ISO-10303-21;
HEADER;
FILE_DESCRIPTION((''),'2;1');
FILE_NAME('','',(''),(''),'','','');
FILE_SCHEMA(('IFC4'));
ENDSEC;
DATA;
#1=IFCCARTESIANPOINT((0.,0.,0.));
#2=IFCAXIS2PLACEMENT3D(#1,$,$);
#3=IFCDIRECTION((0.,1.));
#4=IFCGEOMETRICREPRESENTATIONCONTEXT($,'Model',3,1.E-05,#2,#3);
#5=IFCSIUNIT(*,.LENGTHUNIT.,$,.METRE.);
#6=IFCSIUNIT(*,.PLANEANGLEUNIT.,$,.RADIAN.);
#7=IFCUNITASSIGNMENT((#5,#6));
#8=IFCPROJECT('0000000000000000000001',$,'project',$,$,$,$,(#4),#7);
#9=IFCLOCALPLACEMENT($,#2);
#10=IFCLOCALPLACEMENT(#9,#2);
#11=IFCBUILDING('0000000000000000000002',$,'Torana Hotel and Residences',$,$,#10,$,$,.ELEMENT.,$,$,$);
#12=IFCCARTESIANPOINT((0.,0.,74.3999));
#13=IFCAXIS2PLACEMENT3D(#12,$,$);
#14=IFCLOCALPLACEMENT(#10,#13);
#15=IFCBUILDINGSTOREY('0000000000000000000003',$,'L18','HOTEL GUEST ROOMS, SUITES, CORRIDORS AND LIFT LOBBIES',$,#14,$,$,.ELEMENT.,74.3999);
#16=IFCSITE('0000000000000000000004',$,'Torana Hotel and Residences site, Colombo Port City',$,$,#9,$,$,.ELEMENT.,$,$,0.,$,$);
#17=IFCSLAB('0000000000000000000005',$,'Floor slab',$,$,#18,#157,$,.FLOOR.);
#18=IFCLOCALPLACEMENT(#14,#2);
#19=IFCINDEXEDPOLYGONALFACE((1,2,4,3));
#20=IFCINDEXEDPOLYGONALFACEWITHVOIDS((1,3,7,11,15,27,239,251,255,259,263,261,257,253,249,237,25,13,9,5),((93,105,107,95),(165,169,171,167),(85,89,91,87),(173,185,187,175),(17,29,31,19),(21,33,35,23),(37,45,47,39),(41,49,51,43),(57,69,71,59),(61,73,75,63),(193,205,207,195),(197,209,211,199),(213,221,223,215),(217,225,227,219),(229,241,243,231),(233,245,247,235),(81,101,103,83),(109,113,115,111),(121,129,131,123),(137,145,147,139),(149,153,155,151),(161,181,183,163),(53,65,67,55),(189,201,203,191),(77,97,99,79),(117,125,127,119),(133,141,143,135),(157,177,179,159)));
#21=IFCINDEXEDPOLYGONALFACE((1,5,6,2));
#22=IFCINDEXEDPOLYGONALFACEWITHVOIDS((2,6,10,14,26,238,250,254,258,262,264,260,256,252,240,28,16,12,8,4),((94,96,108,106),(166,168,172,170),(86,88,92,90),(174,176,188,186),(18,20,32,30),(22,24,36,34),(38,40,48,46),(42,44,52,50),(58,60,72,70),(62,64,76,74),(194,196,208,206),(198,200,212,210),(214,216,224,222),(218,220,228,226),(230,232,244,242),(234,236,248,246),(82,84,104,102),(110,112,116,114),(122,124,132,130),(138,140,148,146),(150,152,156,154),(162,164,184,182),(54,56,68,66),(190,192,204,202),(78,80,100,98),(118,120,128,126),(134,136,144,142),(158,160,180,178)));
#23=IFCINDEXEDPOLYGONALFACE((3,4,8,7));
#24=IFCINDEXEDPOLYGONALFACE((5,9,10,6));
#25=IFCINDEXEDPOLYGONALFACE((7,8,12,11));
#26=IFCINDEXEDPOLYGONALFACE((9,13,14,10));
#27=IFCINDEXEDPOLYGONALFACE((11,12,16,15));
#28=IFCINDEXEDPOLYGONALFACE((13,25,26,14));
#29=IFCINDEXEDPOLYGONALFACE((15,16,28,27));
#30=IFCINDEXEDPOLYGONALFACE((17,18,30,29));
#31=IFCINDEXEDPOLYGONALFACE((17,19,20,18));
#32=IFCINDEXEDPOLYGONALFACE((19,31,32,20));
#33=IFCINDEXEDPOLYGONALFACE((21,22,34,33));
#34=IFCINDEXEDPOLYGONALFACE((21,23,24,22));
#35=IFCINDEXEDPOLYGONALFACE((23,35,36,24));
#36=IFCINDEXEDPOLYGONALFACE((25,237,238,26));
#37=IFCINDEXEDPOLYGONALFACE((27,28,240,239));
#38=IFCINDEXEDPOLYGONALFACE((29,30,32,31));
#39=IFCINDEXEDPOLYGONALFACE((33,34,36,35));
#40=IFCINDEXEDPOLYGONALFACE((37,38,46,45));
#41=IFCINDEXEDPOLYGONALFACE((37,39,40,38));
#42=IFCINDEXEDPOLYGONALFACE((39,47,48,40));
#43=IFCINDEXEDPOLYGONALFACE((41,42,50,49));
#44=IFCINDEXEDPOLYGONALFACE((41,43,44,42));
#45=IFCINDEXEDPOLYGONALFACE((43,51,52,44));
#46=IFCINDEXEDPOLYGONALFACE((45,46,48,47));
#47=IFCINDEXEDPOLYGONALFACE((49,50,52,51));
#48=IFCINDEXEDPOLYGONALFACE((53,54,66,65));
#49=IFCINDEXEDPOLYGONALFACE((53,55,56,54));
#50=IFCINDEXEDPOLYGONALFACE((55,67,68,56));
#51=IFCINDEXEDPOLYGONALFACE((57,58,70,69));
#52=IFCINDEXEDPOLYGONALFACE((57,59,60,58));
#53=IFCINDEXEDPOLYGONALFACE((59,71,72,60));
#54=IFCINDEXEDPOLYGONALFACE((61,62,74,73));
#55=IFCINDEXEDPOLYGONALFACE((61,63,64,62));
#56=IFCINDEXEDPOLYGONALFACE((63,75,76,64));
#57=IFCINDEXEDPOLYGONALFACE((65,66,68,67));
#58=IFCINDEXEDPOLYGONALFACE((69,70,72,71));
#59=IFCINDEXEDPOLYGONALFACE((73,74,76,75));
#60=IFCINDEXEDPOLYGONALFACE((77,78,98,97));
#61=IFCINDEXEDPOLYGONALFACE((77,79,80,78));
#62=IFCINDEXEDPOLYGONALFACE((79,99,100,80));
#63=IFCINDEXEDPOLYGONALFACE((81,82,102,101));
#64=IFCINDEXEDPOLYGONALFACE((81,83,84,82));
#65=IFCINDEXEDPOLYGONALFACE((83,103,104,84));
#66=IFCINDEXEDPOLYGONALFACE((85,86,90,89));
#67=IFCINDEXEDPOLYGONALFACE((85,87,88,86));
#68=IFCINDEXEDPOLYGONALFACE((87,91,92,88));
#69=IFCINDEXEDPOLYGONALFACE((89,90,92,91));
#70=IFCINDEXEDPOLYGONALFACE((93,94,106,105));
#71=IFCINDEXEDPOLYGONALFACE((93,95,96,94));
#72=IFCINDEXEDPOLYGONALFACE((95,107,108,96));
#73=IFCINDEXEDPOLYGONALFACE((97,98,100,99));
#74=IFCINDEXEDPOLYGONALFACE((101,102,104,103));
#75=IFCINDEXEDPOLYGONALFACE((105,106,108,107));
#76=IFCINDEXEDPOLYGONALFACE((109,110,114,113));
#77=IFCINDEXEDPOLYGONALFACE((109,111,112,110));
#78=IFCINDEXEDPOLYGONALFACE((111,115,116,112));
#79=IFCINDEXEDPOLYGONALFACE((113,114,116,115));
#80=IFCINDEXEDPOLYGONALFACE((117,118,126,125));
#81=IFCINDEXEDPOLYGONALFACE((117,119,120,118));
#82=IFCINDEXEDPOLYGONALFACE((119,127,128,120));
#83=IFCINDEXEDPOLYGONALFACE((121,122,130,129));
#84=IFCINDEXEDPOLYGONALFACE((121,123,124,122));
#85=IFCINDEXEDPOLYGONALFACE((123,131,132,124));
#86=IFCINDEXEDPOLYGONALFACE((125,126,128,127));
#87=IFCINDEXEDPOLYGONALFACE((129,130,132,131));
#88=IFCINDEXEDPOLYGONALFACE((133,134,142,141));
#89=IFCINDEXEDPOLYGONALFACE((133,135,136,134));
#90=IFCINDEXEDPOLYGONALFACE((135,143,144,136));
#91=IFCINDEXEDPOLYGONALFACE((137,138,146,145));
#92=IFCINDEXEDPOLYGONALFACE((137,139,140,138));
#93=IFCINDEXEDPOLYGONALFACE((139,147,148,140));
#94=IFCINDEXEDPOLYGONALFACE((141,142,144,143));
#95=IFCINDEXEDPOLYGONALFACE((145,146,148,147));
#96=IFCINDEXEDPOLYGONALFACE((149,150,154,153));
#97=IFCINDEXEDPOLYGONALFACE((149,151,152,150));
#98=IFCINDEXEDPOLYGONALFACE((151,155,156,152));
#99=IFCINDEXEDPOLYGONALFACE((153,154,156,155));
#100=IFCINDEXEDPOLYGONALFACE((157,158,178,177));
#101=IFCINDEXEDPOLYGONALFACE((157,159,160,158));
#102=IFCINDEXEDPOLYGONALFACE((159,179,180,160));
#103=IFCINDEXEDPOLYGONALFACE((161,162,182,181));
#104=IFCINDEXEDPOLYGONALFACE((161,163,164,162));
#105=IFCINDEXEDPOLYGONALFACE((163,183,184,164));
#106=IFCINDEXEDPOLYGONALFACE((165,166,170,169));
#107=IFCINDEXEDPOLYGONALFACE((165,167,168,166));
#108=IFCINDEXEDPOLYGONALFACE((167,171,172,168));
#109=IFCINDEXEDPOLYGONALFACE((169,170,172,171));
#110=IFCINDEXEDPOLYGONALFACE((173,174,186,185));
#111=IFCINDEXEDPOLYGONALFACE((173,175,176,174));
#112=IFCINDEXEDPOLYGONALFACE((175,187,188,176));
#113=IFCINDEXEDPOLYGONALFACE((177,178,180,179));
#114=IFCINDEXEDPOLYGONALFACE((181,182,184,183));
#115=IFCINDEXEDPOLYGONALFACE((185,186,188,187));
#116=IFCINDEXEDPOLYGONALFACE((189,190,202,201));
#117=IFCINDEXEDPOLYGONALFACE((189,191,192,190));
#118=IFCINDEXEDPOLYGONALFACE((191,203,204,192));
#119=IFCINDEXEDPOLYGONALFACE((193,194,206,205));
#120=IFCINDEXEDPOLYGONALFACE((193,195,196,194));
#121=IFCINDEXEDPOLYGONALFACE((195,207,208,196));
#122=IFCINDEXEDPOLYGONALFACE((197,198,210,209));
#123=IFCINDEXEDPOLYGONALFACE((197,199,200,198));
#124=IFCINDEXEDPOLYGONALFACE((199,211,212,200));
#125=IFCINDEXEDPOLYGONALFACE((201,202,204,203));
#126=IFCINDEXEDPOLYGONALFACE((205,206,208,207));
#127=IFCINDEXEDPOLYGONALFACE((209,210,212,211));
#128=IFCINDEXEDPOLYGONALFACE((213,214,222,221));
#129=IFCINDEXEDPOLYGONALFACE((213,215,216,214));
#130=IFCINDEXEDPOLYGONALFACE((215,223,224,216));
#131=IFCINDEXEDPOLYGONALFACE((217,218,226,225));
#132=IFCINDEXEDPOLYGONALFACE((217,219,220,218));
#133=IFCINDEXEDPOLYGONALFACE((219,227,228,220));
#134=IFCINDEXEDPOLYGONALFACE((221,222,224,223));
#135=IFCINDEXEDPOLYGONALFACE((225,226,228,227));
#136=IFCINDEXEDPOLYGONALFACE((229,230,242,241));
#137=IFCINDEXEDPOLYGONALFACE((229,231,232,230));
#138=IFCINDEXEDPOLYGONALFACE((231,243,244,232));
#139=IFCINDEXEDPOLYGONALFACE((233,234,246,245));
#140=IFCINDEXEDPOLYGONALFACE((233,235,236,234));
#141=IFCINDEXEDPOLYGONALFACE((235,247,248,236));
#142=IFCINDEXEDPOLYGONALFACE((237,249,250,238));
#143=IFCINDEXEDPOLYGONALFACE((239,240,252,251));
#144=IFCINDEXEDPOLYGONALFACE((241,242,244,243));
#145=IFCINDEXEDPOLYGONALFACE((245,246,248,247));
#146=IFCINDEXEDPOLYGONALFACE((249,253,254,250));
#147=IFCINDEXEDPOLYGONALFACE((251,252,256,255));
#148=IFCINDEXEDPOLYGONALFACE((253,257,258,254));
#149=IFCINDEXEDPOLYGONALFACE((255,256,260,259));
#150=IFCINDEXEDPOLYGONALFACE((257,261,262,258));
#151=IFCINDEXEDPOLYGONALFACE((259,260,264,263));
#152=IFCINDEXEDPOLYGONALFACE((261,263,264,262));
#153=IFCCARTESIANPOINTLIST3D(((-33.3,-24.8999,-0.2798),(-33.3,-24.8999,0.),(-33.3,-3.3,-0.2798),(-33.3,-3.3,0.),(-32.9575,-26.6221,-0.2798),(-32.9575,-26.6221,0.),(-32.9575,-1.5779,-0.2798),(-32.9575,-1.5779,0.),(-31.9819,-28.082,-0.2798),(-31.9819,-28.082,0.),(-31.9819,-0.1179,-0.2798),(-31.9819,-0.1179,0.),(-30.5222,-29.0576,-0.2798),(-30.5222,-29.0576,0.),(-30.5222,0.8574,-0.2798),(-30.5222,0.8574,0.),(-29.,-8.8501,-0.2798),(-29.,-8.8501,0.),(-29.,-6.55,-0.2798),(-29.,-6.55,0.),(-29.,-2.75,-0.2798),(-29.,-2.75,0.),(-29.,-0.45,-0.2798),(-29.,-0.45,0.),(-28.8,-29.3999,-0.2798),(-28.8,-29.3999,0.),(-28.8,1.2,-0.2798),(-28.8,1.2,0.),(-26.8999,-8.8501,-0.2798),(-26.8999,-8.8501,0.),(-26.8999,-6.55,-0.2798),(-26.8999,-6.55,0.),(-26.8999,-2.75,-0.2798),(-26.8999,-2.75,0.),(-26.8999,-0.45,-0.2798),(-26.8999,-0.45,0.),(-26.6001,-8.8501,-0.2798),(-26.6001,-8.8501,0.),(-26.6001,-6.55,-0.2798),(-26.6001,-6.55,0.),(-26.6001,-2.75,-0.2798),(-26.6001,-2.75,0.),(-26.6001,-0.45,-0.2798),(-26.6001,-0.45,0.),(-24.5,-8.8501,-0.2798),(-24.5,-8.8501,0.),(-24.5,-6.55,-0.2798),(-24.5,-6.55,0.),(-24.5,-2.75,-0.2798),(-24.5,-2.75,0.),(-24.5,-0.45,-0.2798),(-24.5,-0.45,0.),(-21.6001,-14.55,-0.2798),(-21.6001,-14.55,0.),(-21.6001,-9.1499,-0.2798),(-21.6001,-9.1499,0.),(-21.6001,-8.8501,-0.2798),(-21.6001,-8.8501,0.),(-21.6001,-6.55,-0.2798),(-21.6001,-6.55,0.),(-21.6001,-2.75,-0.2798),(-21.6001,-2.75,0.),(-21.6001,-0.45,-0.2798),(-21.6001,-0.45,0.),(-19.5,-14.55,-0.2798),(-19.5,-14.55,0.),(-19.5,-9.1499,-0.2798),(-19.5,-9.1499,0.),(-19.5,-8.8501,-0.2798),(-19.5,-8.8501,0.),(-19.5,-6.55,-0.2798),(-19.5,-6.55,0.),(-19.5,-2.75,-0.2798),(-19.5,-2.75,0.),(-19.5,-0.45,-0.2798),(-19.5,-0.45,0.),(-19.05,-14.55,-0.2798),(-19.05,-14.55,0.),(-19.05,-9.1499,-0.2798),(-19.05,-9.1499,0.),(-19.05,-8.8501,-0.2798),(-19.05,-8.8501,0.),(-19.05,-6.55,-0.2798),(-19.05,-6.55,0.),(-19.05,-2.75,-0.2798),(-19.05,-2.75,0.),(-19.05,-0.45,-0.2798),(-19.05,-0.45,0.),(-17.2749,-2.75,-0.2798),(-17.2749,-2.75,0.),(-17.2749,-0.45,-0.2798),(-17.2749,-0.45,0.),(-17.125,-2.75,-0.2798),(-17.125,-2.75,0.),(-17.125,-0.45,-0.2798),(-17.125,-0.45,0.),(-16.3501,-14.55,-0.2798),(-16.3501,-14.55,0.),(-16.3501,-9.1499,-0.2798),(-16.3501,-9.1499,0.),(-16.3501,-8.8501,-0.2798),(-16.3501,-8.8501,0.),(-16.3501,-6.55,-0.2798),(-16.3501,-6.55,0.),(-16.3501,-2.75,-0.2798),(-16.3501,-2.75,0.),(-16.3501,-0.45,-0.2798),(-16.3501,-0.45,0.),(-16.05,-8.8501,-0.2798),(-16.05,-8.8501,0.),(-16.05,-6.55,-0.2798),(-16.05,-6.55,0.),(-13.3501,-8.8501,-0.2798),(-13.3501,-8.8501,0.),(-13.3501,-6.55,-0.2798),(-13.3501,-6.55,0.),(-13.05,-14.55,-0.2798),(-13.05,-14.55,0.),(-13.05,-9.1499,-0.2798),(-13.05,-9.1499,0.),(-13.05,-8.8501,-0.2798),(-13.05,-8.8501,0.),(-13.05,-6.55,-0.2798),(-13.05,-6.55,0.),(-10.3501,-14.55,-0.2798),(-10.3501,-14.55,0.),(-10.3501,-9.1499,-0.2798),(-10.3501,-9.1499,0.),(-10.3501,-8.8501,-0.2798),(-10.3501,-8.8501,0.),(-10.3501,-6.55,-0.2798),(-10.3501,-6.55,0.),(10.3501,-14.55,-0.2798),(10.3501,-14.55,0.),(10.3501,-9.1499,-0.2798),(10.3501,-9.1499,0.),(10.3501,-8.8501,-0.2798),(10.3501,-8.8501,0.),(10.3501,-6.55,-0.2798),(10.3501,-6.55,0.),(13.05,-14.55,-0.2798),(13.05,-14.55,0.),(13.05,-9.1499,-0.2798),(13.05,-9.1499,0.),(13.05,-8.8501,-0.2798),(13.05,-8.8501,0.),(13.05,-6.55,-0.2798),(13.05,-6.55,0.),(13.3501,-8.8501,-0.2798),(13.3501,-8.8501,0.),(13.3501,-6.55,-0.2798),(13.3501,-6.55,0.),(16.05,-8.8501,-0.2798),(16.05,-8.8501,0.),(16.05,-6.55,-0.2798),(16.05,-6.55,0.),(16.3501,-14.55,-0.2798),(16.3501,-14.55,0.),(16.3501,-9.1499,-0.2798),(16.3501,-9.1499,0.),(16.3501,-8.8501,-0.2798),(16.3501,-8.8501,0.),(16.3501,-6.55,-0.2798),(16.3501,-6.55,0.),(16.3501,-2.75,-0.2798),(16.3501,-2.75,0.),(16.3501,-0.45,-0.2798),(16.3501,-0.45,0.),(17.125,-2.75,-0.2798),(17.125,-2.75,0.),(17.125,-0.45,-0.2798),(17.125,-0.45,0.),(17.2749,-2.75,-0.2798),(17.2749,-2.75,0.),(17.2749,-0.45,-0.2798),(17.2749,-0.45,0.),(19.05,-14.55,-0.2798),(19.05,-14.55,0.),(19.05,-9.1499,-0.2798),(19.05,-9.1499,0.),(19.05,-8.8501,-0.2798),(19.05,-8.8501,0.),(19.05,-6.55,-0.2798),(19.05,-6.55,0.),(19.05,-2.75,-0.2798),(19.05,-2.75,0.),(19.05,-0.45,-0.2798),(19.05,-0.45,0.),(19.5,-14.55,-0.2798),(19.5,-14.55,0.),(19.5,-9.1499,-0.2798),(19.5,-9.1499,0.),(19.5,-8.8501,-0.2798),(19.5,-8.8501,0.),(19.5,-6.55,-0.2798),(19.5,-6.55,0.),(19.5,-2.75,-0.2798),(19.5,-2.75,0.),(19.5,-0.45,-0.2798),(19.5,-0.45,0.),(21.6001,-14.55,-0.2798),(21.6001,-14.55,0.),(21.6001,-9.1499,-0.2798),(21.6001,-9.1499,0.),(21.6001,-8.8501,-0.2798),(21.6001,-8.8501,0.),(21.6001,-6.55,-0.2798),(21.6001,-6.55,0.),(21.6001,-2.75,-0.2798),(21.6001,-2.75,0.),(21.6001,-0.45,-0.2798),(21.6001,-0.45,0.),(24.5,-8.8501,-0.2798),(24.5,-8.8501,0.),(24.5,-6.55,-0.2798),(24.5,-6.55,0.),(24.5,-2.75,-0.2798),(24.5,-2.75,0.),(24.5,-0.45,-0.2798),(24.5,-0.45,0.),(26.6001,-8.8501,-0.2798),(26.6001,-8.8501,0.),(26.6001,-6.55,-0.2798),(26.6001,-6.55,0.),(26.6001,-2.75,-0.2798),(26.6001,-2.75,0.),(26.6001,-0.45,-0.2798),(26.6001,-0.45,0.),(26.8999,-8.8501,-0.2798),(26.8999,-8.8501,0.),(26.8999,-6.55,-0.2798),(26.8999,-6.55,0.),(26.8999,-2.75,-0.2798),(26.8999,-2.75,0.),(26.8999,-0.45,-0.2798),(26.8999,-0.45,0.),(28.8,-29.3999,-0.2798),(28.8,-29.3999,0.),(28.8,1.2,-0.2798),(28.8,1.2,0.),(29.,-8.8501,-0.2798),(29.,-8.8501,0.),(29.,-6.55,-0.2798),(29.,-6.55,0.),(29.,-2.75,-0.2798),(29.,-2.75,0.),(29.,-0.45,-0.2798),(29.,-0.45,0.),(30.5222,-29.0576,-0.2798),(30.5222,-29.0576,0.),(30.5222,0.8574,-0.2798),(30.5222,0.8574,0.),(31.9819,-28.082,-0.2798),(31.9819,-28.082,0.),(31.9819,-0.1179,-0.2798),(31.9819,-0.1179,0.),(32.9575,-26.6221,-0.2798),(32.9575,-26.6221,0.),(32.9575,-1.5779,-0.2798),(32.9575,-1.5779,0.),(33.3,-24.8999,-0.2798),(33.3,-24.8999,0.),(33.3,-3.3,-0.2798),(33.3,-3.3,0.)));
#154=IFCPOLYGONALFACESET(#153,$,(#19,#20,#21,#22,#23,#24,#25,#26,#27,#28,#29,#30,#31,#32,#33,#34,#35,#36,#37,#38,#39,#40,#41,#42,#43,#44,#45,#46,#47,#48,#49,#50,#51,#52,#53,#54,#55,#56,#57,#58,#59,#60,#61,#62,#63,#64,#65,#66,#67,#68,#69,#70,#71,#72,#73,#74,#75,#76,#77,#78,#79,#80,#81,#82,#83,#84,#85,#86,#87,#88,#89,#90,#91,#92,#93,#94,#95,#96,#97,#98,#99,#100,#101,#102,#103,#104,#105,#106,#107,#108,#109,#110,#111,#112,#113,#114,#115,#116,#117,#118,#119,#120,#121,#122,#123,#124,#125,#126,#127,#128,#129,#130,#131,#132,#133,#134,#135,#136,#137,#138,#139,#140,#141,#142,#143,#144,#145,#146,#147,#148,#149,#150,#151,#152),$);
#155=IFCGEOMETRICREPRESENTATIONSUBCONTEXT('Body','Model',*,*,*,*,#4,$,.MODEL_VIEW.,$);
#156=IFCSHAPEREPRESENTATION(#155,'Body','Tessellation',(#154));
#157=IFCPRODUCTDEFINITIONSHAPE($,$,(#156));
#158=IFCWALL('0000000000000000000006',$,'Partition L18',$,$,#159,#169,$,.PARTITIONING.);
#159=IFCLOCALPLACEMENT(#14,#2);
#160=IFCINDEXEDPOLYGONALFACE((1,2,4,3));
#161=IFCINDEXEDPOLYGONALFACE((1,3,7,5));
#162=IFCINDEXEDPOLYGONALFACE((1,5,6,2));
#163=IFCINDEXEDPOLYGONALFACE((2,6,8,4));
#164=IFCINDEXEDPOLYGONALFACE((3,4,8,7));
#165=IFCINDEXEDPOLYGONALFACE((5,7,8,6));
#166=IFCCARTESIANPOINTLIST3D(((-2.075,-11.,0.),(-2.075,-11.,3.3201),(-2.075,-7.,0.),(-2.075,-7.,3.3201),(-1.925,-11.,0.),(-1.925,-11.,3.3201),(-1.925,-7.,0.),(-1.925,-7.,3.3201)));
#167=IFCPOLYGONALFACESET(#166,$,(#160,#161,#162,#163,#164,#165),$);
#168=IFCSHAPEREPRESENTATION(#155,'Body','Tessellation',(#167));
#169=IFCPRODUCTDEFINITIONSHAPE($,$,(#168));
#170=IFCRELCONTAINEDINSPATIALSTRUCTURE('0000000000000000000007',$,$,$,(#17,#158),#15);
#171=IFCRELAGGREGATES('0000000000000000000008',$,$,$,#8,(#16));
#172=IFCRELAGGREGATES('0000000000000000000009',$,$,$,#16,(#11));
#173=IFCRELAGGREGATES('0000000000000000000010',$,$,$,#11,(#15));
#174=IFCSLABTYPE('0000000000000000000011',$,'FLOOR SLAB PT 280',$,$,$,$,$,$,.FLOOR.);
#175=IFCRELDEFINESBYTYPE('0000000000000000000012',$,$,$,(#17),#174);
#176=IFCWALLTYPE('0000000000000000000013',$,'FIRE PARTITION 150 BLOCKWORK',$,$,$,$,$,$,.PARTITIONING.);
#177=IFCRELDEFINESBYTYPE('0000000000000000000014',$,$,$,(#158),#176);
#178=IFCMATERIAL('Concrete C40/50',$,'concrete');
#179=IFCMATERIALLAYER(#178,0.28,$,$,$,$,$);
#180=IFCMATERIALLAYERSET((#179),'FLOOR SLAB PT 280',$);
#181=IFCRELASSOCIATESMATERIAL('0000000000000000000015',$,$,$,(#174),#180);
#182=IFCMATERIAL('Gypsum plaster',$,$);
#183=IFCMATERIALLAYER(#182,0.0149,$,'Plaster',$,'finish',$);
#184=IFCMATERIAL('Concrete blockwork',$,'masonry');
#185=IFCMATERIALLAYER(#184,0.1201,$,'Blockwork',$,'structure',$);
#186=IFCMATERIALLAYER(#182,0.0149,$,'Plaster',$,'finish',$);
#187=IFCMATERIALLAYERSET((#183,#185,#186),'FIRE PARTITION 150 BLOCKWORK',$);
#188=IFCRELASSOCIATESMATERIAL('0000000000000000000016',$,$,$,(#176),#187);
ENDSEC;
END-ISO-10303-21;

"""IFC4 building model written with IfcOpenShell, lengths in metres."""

from ifc_helpers import new_model, si_unit, direction, frame, frame_2d, origin, place, context, subcontext, project, spatial, polyline, rectangle, outline, extrude, material, layer, layer_set, type_object, element, save


model = new_model("IFC4")

# Units and contexts
model_context = context("Model", 3, precision=1e-05, world=origin(), true_north=direction((0.0, 1.0)))
body_context = subcontext(model_context, "Body", "Model", "MODEL_VIEW")
ifc_project = project(units=[si_unit("LENGTHUNIT", "METRE"), si_unit("PLANEANGLEUNIT", "RADIAN")], contexts=[model_context])

# Site, building, storey
site_placement = place(None, origin())
site = spatial("IfcSite", under=ifc_project, at=site_placement, Name="Torana Hotel and Residences site, Colombo Port City", CompositionType="ELEMENT", RefElevation=0.0)
building_placement = place(site_placement, origin())
building = spatial("IfcBuilding", under=site, at=building_placement, Name="Torana Hotel and Residences", CompositionType="ELEMENT")
storey_placement = place(building_placement, frame((0.0, 0.0, 74.3999)))
storey = spatial("IfcBuildingStorey", under=building, at=storey_placement, Name="L18", Description="HOTEL GUEST ROOMS, SUITES, CORRIDORS AND LIFT LOBBIES", CompositionType="ELEMENT", Elevation=74.3999)

# Slab
ifc_material_1 = material(Name="Concrete C40/50", Category="concrete")
ifc_layer_1 = layer(ifc_material_1, 0.28)
ifc_layer_set_1 = layer_set([ifc_layer_1], Name="FLOOR SLAB PT 280")
slab_type_1 = type_object("IfcSlabType", Name="FLOOR SLAB PT 280", PredefinedType="FLOOR", material=ifc_layer_set_1)
slab_1_placement = place(storey_placement, frame((0.0, 0.0, -0.2798)))
element("IfcSlab", 1, at=slab_1_placement, inside=storey, type_object=slab_type_1, Name="Floor slab", PredefinedType="FLOOR", context=body_context, shape_type="SweptSolid", body=[
    extrude(outline(polyline([(33.3, -3.3), (32.9575, -1.5779), (31.9819, -0.1179), (30.5222, 0.8574), (28.8, 1.2), (-28.8, 1.2), (-30.5222, 0.8574), (-31.9819, -0.1179), (-32.9575, -1.5779), (-33.3, -3.3), (-33.3, -24.8999), (-32.9575, -26.6221), (-31.9819, -28.082), (-30.5222, -29.0576), (-28.8, -29.3999), (28.8, -29.3999), (30.5222, -29.0576), (31.9819, -28.082), (32.9575, -26.6221), (33.3, -24.8999), (33.3, -3.3)]), holes=[polyline([(-13.05, -14.55), (-10.3501, -14.55), (-10.3501, -9.1499), (-13.05, -9.1499), (-13.05, -14.55)]), polyline([(-19.05, -14.55), (-16.3501, -14.55), (-16.3501, -9.1499), (-19.05, -9.1499), (-19.05, -14.55)]), polyline([(-17.125, -2.75), (-16.3501, -2.75), (-16.3501, -0.45), (-17.125, -0.45), (-17.125, -2.75)]), polyline([(-19.05, -2.75), (-17.2749, -2.75), (-17.2749, -0.45), (-19.05, -0.45), (-19.05, -2.75)]), polyline([(-26.6001, -2.75), (-24.5, -2.75), (-24.5, -0.45), (-26.6001, -0.45), (-26.6001, -2.75)]), polyline([(-29.0, -2.75), (-26.8999, -2.75), (-26.8999, -0.45), (-29.0, -0.45), (-29.0, -2.75)]), polyline([(-26.6001, -8.8501), (-24.5, -8.8501), (-24.5, -6.55), (-26.6001, -6.55), (-26.6001, -8.8501)]), polyline([(-29.0, -8.8501), (-26.8999, -8.8501), (-26.8999, -6.55), (-29.0, -6.55), (-29.0, -8.8501)]), polyline([(-21.6001, -2.75), (-19.5, -2.75), (-19.5, -0.45), (-21.6001, -0.45), (-21.6001, -2.75)]), polyline([(-21.6001, -8.8501), (-19.5, -8.8501), (-19.5, -6.55), (-21.6001, -6.55), (-21.6001, -8.8501)]), polyline([(-13.05, -8.8501), (-10.3501, -8.8501), (-10.3501, -6.55), (-13.05, -6.55), (-13.05, -8.8501)]), polyline([(-16.05, -8.8501), (-13.3501, -8.8501), (-13.3501, -6.55), (-16.05, -6.55), (-16.05, -8.8501)]), polyline([(-19.05, -8.8501), (-16.3501, -8.8501), (-16.3501, -6.55), (-19.05, -6.55), (-19.05, -8.8501)]), polyline([(-21.6001, -14.55), (-19.5, -14.55), (-19.5, -9.1499), (-21.6001, -9.1499), (-21.6001, -14.55)]), polyline([(10.3501, -14.55), (13.05, -14.55), (13.05, -9.1499), (10.3501, -9.1499), (10.3501, -14.55)]), polyline([(16.3501, -14.55), (19.05, -14.55), (19.05, -9.1499), (16.3501, -9.1499), (16.3501, -14.55)]), polyline([(16.3501, -2.75), (17.125, -2.75), (17.125, -0.45), (16.3501, -0.45), (16.3501, -2.75)]), polyline([(17.2749, -2.75), (19.05, -2.75), (19.05, -0.45), (17.2749, -0.45), (17.2749, -2.75)]), polyline([(24.5, -2.75), (26.6001, -2.75), (26.6001, -0.45), (24.5, -0.45), (24.5, -2.75)]), polyline([(26.8999, -2.75), (29.0, -2.75), (29.0, -0.45), (26.8999, -0.45), (26.8999, -2.75)]), polyline([(24.5, -8.8501), (26.6001, -8.8501), (26.6001, -6.55), (24.5, -6.55), (24.5, -8.8501)]), polyline([(26.8999, -8.8501), (29.0, -8.8501), (29.0, -6.55), (26.8999, -6.55), (26.8999, -8.8501)]), polyline([(19.5, -2.75), (21.6001, -2.75), (21.6001, -0.45), (19.5, -0.45), (19.5, -2.75)]), polyline([(19.5, -8.8501), (21.6001, -8.8501), (21.6001, -6.55), (19.5, -6.55), (19.5, -8.8501)]), polyline([(10.3501, -8.8501), (13.05, -8.8501), (13.05, -6.55), (10.3501, -6.55), (10.3501, -8.8501)]), polyline([(13.3501, -8.8501), (16.05, -8.8501), (16.05, -6.55), (13.3501, -6.55), (13.3501, -8.8501)]), polyline([(16.3501, -8.8501), (19.05, -8.8501), (19.05, -6.55), (16.3501, -6.55), (16.3501, -8.8501)]), polyline([(19.5, -14.55), (21.6001, -14.55), (21.6001, -9.1499), (19.5, -9.1499), (19.5, -14.55)])]), origin(), (0.0, 0.0, 1.0), 0.2798),
])

# Wall
ifc_material_2 = material(Name="Gypsum plaster")
ifc_layer_2 = layer(ifc_material_2, 0.0149, Name="Plaster", Category="finish")
ifc_material_3 = material(Name="Concrete blockwork", Category="masonry")
ifc_layer_3 = layer(ifc_material_3, 0.1201, Name="Blockwork", Category="structure")
ifc_layer_4 = layer(ifc_material_2, 0.0149, Name="Plaster", Category="finish")
ifc_layer_set_2 = layer_set([ifc_layer_2, ifc_layer_3, ifc_layer_4], Name="FIRE PARTITION 150 BLOCKWORK")
wall_type_1 = type_object("IfcWallType", Name="FIRE PARTITION 150 BLOCKWORK", PredefinedType="PARTITIONING", material=ifc_layer_set_2)
wall_1_placement = place(storey_placement, frame((-2.0, -11.0, 0.0), z_axis=(0.0, 0.0, 1.0), x_axis=(0.0, 1.0, 0.0)))
element("IfcWall", 2, at=wall_1_placement, inside=storey, type_object=wall_type_1, Name="Partition L18", PredefinedType="PARTITIONING", context=body_context, shape_type="SweptSolid", body=[
    extrude(rectangle(XDim=4.0, YDim=0.1499, at=frame_2d((2.0, 0.0))), origin(), (0.0, 0.0, 1.0), 3.3201),
])

save(model, "model.ifc")
